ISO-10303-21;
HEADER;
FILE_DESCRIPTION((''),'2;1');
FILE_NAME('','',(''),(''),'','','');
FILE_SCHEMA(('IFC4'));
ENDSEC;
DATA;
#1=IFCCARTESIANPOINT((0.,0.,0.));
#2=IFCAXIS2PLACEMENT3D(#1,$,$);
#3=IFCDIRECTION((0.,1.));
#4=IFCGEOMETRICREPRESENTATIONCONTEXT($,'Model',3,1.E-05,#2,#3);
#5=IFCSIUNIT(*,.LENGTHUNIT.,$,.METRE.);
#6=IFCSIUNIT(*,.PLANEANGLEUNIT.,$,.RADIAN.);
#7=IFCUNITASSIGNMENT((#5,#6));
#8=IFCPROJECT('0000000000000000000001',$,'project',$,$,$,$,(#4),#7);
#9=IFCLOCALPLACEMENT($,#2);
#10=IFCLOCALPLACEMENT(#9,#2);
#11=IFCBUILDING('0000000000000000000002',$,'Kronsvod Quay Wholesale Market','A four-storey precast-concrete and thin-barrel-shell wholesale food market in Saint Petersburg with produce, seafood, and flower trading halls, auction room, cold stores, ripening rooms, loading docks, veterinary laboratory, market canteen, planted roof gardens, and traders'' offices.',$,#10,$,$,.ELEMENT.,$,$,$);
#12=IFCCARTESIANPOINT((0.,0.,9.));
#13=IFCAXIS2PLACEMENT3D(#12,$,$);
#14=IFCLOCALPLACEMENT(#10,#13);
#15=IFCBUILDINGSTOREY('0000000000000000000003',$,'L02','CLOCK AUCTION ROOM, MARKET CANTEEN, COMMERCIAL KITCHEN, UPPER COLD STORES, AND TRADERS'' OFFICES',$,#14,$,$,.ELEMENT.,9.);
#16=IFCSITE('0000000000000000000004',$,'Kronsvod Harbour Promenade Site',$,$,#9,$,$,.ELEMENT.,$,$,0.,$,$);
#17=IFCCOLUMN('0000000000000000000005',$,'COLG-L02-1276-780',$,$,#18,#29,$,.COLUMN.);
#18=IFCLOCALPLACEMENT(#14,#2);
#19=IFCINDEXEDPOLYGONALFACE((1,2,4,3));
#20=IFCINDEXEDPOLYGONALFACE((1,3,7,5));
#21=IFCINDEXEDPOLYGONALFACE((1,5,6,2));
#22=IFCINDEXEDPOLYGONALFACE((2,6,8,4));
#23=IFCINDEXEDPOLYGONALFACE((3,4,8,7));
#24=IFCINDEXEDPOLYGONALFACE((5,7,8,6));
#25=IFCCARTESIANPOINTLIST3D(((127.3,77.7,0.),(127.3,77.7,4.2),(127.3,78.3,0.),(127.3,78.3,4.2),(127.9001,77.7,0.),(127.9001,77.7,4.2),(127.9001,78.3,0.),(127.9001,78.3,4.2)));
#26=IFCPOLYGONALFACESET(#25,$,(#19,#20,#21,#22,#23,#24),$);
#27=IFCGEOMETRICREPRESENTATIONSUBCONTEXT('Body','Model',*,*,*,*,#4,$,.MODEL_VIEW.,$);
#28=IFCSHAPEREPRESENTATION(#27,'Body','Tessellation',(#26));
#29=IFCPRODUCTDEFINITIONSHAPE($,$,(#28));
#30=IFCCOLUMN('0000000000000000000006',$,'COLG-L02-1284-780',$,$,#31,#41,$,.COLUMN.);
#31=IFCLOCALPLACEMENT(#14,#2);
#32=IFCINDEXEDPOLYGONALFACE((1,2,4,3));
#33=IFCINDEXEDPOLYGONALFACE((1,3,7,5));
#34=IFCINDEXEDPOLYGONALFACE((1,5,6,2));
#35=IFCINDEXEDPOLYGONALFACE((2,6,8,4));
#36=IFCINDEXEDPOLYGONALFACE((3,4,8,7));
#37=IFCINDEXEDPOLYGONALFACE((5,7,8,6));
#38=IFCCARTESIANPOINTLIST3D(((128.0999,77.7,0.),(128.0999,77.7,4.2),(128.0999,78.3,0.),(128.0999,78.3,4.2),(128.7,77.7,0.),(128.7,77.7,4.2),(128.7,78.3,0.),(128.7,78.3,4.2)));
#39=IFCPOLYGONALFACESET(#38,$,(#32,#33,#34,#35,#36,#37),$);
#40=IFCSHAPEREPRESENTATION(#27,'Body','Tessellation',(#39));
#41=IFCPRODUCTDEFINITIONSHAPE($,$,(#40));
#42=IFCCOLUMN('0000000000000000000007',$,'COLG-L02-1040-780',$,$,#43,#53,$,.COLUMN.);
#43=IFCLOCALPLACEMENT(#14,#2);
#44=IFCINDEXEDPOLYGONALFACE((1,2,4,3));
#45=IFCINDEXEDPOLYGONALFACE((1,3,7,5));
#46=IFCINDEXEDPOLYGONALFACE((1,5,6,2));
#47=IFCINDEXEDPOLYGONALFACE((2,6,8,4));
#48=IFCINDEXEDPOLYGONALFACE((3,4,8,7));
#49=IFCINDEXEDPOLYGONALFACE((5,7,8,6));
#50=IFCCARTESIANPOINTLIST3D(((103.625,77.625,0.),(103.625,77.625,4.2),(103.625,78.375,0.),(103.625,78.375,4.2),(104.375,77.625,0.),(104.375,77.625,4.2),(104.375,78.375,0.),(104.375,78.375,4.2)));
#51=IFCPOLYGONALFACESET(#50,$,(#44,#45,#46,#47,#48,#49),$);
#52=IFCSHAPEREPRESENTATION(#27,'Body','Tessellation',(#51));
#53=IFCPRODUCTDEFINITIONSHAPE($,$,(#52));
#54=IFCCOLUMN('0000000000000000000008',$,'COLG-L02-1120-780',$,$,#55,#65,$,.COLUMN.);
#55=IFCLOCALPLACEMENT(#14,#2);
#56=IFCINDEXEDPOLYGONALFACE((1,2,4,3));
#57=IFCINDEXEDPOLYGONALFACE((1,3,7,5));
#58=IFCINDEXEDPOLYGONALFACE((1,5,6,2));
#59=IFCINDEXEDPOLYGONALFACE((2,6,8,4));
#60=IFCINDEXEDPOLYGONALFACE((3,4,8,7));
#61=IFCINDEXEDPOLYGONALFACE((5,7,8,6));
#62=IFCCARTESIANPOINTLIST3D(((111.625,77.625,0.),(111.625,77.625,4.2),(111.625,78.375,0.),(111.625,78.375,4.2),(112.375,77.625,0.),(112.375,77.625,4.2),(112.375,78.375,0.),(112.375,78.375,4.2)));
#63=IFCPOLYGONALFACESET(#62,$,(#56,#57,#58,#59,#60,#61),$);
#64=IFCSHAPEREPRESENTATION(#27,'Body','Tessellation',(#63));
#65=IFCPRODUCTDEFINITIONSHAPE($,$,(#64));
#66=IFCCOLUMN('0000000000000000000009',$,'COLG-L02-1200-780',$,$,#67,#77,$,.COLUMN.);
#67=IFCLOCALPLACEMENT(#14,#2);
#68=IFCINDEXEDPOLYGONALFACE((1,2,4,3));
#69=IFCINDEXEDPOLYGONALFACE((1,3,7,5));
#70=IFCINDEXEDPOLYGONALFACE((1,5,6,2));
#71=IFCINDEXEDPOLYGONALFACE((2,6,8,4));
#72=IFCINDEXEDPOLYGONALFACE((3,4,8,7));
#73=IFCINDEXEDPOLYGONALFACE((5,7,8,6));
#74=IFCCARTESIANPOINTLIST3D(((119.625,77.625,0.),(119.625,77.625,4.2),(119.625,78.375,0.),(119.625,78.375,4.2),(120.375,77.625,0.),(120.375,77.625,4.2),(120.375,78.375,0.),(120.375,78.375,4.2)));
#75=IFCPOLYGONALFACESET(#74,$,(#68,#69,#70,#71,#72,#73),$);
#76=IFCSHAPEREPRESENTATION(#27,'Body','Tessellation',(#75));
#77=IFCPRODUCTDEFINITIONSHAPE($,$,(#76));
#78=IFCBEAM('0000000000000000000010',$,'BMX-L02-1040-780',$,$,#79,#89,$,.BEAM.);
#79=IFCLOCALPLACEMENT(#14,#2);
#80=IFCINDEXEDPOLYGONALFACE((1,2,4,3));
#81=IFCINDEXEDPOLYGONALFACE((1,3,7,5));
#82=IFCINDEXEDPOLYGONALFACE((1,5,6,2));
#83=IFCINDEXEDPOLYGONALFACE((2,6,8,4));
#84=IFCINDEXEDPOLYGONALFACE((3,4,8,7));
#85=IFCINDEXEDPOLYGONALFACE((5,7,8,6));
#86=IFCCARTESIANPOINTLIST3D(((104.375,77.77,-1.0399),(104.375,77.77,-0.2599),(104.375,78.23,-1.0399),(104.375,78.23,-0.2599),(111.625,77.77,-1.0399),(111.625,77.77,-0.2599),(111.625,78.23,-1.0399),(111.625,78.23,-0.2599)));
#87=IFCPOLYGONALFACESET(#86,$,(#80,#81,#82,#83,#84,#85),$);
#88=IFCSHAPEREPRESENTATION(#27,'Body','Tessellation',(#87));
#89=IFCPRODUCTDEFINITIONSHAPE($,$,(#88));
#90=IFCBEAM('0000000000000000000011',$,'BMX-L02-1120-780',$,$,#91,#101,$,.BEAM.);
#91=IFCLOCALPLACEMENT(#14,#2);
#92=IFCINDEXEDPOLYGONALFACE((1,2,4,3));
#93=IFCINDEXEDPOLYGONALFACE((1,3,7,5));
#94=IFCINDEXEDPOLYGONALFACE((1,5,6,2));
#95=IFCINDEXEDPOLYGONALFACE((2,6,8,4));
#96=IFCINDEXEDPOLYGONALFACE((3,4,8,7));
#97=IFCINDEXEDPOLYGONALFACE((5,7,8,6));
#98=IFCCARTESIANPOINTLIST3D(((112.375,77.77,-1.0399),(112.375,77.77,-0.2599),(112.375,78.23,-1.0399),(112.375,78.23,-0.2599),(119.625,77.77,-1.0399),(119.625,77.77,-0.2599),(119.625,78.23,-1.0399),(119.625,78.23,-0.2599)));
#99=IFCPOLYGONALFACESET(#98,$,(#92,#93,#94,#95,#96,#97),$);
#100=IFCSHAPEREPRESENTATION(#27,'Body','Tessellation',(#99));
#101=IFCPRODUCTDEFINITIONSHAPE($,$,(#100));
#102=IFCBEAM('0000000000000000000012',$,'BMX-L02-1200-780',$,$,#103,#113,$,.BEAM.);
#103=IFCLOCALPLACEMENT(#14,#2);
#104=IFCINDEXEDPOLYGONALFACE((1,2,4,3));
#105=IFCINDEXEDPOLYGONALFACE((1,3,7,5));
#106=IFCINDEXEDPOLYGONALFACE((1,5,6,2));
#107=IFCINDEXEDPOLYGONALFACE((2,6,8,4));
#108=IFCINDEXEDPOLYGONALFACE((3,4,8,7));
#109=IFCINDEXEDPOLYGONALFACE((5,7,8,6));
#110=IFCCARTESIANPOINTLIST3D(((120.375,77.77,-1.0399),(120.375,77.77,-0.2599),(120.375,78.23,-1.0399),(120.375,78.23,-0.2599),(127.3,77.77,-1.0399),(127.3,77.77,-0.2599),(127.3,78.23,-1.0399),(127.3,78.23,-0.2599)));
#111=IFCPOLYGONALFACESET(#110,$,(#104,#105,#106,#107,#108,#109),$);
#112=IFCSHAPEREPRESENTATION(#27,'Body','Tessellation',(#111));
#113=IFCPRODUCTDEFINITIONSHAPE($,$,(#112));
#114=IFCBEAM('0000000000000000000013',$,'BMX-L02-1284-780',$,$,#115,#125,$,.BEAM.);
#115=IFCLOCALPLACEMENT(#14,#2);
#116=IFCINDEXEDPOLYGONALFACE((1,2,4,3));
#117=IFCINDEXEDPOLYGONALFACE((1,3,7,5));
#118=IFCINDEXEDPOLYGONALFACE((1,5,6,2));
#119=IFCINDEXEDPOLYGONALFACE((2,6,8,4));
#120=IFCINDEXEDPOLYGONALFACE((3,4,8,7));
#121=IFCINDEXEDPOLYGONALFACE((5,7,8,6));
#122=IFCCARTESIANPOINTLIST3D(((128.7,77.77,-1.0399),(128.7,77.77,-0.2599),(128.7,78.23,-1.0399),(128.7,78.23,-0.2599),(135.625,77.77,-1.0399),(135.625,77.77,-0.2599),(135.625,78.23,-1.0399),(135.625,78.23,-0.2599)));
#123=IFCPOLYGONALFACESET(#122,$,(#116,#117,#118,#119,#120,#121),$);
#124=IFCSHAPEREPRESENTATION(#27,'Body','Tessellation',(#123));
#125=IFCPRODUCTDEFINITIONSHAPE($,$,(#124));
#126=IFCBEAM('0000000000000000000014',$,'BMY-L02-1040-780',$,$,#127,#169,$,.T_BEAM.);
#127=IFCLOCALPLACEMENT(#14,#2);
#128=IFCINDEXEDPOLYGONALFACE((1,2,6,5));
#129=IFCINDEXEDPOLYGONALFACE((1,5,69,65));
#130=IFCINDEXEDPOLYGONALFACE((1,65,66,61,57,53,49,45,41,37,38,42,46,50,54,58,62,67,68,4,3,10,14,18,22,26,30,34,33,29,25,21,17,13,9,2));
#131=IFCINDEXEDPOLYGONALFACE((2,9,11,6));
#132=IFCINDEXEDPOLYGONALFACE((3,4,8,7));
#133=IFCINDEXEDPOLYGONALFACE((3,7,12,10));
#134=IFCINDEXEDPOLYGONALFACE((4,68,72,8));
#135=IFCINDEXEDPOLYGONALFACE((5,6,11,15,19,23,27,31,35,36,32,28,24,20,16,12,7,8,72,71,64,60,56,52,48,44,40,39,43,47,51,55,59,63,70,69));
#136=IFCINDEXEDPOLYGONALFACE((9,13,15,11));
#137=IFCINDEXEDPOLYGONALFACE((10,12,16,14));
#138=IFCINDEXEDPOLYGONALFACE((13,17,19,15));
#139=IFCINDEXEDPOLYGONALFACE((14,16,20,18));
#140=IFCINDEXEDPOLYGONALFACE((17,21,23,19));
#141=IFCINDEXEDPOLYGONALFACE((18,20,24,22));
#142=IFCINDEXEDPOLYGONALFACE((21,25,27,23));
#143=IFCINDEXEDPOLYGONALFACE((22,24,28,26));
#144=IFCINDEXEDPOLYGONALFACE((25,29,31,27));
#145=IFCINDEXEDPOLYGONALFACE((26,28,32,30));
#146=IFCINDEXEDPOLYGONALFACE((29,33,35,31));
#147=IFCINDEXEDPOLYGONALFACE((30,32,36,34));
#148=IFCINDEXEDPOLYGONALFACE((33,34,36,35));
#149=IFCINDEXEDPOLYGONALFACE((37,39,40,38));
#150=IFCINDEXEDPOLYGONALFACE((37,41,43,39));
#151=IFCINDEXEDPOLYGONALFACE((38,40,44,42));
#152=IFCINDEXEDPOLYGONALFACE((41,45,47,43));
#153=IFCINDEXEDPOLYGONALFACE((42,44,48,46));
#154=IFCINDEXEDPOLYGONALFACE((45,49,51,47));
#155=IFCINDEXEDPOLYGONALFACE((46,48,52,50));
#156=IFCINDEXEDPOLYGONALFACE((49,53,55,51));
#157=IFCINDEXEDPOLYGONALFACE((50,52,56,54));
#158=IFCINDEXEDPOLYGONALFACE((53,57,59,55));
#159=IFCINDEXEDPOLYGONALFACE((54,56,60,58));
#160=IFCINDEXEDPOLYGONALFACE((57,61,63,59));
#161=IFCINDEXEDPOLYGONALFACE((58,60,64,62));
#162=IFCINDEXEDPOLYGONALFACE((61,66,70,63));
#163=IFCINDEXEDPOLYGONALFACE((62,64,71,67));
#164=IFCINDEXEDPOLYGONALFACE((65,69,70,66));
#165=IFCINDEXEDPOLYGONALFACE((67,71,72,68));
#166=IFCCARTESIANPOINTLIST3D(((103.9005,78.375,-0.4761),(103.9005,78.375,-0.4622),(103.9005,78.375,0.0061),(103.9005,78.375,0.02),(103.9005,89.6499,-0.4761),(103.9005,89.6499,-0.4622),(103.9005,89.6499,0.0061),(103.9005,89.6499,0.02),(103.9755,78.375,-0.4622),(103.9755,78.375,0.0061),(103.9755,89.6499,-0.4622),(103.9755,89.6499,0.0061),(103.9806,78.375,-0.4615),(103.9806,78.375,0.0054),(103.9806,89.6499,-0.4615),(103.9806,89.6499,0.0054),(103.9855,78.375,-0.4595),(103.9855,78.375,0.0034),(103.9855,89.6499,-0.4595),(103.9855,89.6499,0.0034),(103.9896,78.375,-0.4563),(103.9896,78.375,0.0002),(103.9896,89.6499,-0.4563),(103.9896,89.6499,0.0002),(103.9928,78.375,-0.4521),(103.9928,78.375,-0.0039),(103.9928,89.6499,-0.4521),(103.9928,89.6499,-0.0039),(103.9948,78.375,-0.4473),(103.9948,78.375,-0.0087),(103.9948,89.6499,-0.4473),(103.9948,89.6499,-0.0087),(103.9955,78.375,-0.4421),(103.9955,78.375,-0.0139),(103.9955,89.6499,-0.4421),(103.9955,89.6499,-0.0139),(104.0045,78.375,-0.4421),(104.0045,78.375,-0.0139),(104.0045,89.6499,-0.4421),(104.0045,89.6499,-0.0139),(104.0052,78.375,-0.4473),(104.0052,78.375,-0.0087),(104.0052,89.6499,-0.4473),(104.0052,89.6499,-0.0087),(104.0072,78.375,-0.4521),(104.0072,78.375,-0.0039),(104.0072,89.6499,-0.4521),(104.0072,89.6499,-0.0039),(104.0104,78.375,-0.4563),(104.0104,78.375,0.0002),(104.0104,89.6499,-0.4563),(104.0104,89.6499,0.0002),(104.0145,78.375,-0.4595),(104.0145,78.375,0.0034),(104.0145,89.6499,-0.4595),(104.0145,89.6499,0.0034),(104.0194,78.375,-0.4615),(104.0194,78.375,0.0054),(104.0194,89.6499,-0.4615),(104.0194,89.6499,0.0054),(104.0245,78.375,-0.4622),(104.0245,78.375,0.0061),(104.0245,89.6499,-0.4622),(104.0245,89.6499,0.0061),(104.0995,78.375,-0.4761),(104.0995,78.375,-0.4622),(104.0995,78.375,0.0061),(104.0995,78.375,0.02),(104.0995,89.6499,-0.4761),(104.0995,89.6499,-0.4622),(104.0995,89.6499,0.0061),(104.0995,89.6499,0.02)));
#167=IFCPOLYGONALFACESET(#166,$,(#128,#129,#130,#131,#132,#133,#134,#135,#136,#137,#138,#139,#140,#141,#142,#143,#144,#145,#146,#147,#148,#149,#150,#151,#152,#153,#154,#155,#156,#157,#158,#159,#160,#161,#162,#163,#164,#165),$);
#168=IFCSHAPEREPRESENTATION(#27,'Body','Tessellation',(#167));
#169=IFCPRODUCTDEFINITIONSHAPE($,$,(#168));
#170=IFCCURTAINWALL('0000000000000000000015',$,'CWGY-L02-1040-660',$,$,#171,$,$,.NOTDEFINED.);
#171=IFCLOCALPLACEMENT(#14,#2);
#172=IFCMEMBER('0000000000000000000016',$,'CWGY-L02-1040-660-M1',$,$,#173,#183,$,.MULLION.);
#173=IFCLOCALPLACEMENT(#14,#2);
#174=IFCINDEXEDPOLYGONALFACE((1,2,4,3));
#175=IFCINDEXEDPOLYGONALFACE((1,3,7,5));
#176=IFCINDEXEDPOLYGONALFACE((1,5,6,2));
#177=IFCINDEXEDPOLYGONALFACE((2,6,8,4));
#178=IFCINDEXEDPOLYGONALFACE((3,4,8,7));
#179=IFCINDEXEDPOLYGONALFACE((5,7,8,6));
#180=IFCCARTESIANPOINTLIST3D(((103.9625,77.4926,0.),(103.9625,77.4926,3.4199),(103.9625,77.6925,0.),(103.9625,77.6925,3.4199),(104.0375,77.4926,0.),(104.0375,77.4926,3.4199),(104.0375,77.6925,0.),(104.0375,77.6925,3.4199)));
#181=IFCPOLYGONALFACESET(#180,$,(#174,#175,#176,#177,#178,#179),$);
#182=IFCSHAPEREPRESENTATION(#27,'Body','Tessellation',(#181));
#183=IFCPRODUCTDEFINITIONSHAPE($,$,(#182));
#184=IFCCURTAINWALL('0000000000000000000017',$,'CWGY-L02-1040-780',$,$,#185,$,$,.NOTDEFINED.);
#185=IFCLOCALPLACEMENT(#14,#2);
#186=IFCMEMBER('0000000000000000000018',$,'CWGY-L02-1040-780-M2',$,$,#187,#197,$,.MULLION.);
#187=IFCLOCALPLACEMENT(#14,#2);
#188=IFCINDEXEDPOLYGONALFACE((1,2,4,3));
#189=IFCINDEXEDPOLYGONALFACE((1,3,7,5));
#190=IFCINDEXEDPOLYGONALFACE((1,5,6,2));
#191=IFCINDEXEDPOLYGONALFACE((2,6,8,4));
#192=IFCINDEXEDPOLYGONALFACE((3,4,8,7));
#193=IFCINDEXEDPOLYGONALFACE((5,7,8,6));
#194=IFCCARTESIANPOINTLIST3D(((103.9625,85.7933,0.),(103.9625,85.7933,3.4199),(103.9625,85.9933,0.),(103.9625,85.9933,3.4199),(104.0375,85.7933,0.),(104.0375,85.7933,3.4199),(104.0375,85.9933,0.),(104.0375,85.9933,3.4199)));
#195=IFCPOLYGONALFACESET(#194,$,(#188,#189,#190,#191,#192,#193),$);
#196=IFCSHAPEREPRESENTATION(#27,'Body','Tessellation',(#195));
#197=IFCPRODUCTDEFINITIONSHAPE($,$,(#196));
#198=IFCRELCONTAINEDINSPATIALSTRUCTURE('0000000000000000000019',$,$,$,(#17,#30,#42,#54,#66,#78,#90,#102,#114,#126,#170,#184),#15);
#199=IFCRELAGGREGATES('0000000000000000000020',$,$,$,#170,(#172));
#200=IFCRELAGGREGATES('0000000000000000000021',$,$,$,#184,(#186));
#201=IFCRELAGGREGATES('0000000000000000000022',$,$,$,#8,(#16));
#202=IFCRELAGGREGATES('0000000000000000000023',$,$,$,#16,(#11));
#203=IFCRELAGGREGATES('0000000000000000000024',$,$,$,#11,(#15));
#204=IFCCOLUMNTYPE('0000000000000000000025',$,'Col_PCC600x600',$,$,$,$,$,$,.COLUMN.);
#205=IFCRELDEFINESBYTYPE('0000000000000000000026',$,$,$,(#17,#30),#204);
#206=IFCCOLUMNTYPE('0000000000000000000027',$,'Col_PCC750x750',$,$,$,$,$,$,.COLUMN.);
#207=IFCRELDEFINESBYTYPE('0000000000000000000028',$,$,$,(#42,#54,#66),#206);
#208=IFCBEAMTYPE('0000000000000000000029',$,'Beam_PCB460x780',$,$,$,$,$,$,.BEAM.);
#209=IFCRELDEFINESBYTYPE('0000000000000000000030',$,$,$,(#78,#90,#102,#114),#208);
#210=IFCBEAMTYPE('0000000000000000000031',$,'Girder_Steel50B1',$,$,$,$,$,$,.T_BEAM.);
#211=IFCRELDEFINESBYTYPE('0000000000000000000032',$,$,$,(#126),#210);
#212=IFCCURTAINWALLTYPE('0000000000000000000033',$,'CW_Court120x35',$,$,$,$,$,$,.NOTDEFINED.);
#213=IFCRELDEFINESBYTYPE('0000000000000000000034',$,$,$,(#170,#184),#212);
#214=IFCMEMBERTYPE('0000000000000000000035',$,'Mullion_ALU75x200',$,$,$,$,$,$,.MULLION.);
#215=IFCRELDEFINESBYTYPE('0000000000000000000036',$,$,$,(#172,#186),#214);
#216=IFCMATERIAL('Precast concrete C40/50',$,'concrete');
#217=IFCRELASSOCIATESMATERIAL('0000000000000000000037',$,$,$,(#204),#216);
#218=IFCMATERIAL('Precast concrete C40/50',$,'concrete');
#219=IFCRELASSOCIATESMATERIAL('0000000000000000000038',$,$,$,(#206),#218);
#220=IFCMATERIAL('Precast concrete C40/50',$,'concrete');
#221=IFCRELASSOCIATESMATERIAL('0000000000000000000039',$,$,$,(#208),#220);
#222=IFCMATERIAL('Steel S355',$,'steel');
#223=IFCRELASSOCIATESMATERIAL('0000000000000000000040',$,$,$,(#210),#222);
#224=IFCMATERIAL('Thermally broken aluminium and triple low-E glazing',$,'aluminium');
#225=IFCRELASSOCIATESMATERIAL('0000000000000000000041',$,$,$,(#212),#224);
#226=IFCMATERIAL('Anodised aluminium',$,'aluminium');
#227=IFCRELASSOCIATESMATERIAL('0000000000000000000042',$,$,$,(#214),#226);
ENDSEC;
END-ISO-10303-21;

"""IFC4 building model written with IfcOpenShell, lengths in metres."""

from ifc_helpers import new_model, si_unit, direction, frame, origin, origin_2d, place, context, subcontext, project, spatial, rectangle, i_section, extrude, material, material_profile, profile_set, type_object, element, aggregate, save


model = new_model("IFC4")

# Units and contexts
model_context = context("Model", 3, precision=1e-05, world=origin(), true_north=direction((0.0, 1.0)))
body_context = subcontext(model_context, "Body", "Model", "MODEL_VIEW")
ifc_project = project(units=[si_unit("LENGTHUNIT", "METRE"), si_unit("PLANEANGLEUNIT", "RADIAN")], contexts=[model_context])

# Site, building, storey
site_placement = place(None, origin())
site = spatial("IfcSite", under=ifc_project, at=site_placement, Name="Kronsvod Harbour Promenade Site", CompositionType="ELEMENT", RefElevation=0.0)
building_placement = place(site_placement, origin())
building = spatial("IfcBuilding", under=site, at=building_placement, Name="Kronsvod Quay Wholesale Market", Description="A four-storey precast-concrete and thin-barrel-shell wholesale food market in Saint Petersburg with produce, seafood, and flower trading halls, auction room, cold stores, ripening rooms, loading docks, veterinary laboratory, market canteen, planted roof gardens, and traders' offices.", CompositionType="ELEMENT")
storey_placement = place(building_placement, frame((0.0, 0.0, 9.0)))
storey = spatial("IfcBuildingStorey", under=building, at=storey_placement, Name="L02", Description="CLOCK AUCTION ROOM, MARKET CANTEEN, COMMERCIAL KITCHEN, UPPER COLD STORES, AND TRADERS' OFFICES", CompositionType="ELEMENT", Elevation=9.0)

# Columns
ifc_material_1 = material(Name="Precast concrete C40/50", Category="concrete")
ifc_material_profile_1 = material_profile(ifc_material_1, rectangle(XDim=0.6001, YDim=0.6001, at=origin_2d()), Name="PCC600x600")
ifc_profile_set_1 = profile_set([ifc_material_profile_1], Name="Precast concrete C40/50")
column_type_1 = type_object("IfcColumnType", Name="Col_PCC600x600", PredefinedType="COLUMN", material=ifc_profile_set_1)
for number, where, z_axis, x_axis, name in (
    (1, (127.6001, 78.0, 0.0), (0.0, 0.0, 1.0), (1.0, 0.0, 0.0), "COLG-L02-1276-780"),
    (2, (128.3999, 78.0, 0.0), (0.0, 0.0, 1.0), (1.0, 0.0, 0.0), "COLG-L02-1284-780"),
):
    element("IfcColumn", number, at=place(storey_placement, frame(where, z_axis=z_axis, x_axis=x_axis)), inside=storey, type_object=column_type_1, Name=name, PredefinedType="COLUMN", context=body_context, shape_type="SweptSolid", body=[
        extrude(rectangle(XDim=0.6001, YDim=0.6001, at=origin_2d()), origin(), (0.0, 0.0, 1.0), 4.2),
    ])
ifc_material_2 = material(Name="Precast concrete C40/50", Category="concrete")
ifc_material_profile_2 = material_profile(ifc_material_2, rectangle(XDim=0.75, YDim=0.75, at=origin_2d()), Name="COL-07")
ifc_profile_set_2 = profile_set([ifc_material_profile_2], Name="Precast concrete C40/50")
column_type_2 = type_object("IfcColumnType", Name="Col_PCC750x750", PredefinedType="COLUMN", material=ifc_profile_set_2)
for number, where, z_axis, x_axis, name in (
    (3, (104.0, 78.0, 0.0), (0.0, 0.0, 1.0), (1.0, 0.0, 0.0), "COLG-L02-1040-780"),
    (4, (112.0, 78.0, 0.0), (0.0, 0.0, 1.0), (1.0, 0.0, 0.0), "COLG-L02-1120-780"),
    (5, (120.0, 78.0, 0.0), (0.0, 0.0, 1.0), (1.0, 0.0, 0.0), "COLG-L02-1200-780"),
):
    element("IfcColumn", number, at=place(storey_placement, frame(where, z_axis=z_axis, x_axis=x_axis)), inside=storey, type_object=column_type_2, Name=name, PredefinedType="COLUMN", context=body_context, shape_type="SweptSolid", body=[
        extrude(rectangle(XDim=0.75, YDim=0.75, at=origin_2d()), origin(), (0.0, 0.0, 1.0), 4.2),
    ])

# Beams
ifc_material_3 = material(Name="Precast concrete C40/50", Category="concrete")
ifc_material_profile_3 = material_profile(ifc_material_3, rectangle(XDim=0.46, YDim=0.78, at=origin_2d()), Name="PB-03")
ifc_profile_set_3 = profile_set([ifc_material_profile_3], Name="Precast concrete C40/50")
beam_type_1 = type_object("IfcBeamType", Name="Beam_PCB460x780", PredefinedType="BEAM", material=ifc_profile_set_3)
for number, where, z_axis, x_axis, name in (
    (6, (104.375, 78.0, -0.6499), (1.0, 0.0, 0.0), (0.0, 1.0, 0.0), "BMX-L02-1040-780"),
    (7, (112.375, 78.0, -0.6499), (1.0, 0.0, 0.0), (0.0, 1.0, 0.0), "BMX-L02-1120-780"),
):
    element("IfcBeam", number, at=place(storey_placement, frame(where, z_axis=z_axis, x_axis=x_axis)), inside=storey, type_object=beam_type_1, Name=name, PredefinedType="BEAM", context=body_context, shape_type="SweptSolid", body=[
        extrude(rectangle(XDim=0.46, YDim=0.78, at=origin_2d()), origin(), (0.0, 0.0, 1.0), 7.25),
    ])
for number, where, z_axis, x_axis, name in (
    (8, (120.375, 78.0, -0.6499), (1.0, 0.0, 0.0), (0.0, 1.0, 0.0), "BMX-L02-1200-780"),
    (9, (128.7, 78.0, -0.6499), (1.0, 0.0, 0.0), (0.0, 1.0, 0.0), "BMX-L02-1284-780"),
):
    element("IfcBeam", number, at=place(storey_placement, frame(where, z_axis=z_axis, x_axis=x_axis)), inside=storey, type_object=beam_type_1, Name=name, PredefinedType="BEAM", context=body_context, shape_type="SweptSolid", body=[
        extrude(rectangle(XDim=0.46, YDim=0.78, at=origin_2d()), origin(), (0.0, 0.0, 1.0), 6.925),
    ])
ifc_material_4 = material(Name="Steel S355", Category="steel")
ifc_material_profile_4 = material_profile(ifc_material_4, i_section(OverallWidth=0.199, OverallDepth=0.4961, WebThickness=0.009, FlangeThickness=0.0139, FilletRadius=0.02, at=origin_2d()), Name="50B1")
ifc_profile_set_4 = profile_set([ifc_material_profile_4], Name="Steel S355")
beam_type_2 = type_object("IfcBeamType", Name="Girder_Steel50B1", PredefinedType="T_BEAM", material=ifc_profile_set_4)
beam_placement = place(storey_placement, frame((104.0, 78.375, -0.228), z_axis=(0.0, 1.0, 0.0), x_axis=(-1.0, 0.0, 0.0)))
element("IfcBeam", 10, at=beam_placement, inside=storey, type_object=beam_type_2, Name="BMY-L02-1040-780", PredefinedType="T_BEAM", context=body_context, shape_type="SweptSolid", body=[
    extrude(i_section(OverallWidth=0.199, OverallDepth=0.4961, WebThickness=0.009, FlangeThickness=0.0139, FilletRadius=0.02, at=origin_2d()), origin(), (0.0, 0.0, 1.0), 11.2749),
])

# Curtain wall, member
ifc_material_5 = material(Name="Thermally broken aluminium and triple low-E glazing", Category="aluminium")
curtain_wall_type = type_object("IfcCurtainWallType", Name="CW_Court120x35", PredefinedType="NOTDEFINED", material=ifc_material_5)
curtain_wall_1_placement = place(storey_placement, origin())
curtain_wall_1 = element("IfcCurtainWall", 11, at=curtain_wall_1_placement, inside=storey, type_object=curtain_wall_type, Name="CWGY-L02-1040-660", PredefinedType="NOTDEFINED")
ifc_material_6 = material(Name="Anodised aluminium", Category="aluminium")
ifc_material_profile_5 = material_profile(ifc_material_6, rectangle(XDim=0.075, YDim=0.2, at=origin_2d()), Name="ALUM75x200")
ifc_profile_set_5 = profile_set([ifc_material_profile_5], Name="Anodised aluminium")
member_type_1 = type_object("IfcMemberType", Name="Mullion_ALU75x200", PredefinedType="MULLION", material=ifc_profile_set_5)
member_1_placement = place(storey_placement, frame((104.0, 77.5925, 0.0), z_axis=(0.0, 0.0, 1.0), x_axis=(1.0, 0.0, 0.0)))
member_1 = element("IfcMember", 12, at=member_1_placement, type_object=member_type_1, Name="CWGY-L02-1040-660-M1", PredefinedType="MULLION", context=body_context, shape_type="SweptSolid", body=[
    extrude(rectangle(XDim=0.075, YDim=0.2, at=origin_2d()), origin(), (0.0, 0.0, 1.0), 3.4199),
])
aggregate(curtain_wall_1, [member_1])

# Curtain wall, member
curtain_wall_2_placement = place(storey_placement, origin())
curtain_wall_2 = element("IfcCurtainWall", 13, at=curtain_wall_2_placement, inside=storey, type_object=curtain_wall_type, Name="CWGY-L02-1040-780", PredefinedType="NOTDEFINED")
member_2_placement = place(storey_placement, frame((104.0, 85.8933, 0.0), z_axis=(0.0, 0.0, 1.0), x_axis=(1.0, 0.0, 0.0)))
member_2 = element("IfcMember", 14, at=member_2_placement, type_object=member_type_1, Name="CWGY-L02-1040-780-M2", PredefinedType="MULLION", context=body_context, shape_type="SweptSolid", body=[
    extrude(rectangle(XDim=0.075, YDim=0.2, at=origin_2d()), origin(), (0.0, 0.0, 1.0), 3.4199),
])
aggregate(curtain_wall_2, [member_2])

save(model, "model.ifc")
